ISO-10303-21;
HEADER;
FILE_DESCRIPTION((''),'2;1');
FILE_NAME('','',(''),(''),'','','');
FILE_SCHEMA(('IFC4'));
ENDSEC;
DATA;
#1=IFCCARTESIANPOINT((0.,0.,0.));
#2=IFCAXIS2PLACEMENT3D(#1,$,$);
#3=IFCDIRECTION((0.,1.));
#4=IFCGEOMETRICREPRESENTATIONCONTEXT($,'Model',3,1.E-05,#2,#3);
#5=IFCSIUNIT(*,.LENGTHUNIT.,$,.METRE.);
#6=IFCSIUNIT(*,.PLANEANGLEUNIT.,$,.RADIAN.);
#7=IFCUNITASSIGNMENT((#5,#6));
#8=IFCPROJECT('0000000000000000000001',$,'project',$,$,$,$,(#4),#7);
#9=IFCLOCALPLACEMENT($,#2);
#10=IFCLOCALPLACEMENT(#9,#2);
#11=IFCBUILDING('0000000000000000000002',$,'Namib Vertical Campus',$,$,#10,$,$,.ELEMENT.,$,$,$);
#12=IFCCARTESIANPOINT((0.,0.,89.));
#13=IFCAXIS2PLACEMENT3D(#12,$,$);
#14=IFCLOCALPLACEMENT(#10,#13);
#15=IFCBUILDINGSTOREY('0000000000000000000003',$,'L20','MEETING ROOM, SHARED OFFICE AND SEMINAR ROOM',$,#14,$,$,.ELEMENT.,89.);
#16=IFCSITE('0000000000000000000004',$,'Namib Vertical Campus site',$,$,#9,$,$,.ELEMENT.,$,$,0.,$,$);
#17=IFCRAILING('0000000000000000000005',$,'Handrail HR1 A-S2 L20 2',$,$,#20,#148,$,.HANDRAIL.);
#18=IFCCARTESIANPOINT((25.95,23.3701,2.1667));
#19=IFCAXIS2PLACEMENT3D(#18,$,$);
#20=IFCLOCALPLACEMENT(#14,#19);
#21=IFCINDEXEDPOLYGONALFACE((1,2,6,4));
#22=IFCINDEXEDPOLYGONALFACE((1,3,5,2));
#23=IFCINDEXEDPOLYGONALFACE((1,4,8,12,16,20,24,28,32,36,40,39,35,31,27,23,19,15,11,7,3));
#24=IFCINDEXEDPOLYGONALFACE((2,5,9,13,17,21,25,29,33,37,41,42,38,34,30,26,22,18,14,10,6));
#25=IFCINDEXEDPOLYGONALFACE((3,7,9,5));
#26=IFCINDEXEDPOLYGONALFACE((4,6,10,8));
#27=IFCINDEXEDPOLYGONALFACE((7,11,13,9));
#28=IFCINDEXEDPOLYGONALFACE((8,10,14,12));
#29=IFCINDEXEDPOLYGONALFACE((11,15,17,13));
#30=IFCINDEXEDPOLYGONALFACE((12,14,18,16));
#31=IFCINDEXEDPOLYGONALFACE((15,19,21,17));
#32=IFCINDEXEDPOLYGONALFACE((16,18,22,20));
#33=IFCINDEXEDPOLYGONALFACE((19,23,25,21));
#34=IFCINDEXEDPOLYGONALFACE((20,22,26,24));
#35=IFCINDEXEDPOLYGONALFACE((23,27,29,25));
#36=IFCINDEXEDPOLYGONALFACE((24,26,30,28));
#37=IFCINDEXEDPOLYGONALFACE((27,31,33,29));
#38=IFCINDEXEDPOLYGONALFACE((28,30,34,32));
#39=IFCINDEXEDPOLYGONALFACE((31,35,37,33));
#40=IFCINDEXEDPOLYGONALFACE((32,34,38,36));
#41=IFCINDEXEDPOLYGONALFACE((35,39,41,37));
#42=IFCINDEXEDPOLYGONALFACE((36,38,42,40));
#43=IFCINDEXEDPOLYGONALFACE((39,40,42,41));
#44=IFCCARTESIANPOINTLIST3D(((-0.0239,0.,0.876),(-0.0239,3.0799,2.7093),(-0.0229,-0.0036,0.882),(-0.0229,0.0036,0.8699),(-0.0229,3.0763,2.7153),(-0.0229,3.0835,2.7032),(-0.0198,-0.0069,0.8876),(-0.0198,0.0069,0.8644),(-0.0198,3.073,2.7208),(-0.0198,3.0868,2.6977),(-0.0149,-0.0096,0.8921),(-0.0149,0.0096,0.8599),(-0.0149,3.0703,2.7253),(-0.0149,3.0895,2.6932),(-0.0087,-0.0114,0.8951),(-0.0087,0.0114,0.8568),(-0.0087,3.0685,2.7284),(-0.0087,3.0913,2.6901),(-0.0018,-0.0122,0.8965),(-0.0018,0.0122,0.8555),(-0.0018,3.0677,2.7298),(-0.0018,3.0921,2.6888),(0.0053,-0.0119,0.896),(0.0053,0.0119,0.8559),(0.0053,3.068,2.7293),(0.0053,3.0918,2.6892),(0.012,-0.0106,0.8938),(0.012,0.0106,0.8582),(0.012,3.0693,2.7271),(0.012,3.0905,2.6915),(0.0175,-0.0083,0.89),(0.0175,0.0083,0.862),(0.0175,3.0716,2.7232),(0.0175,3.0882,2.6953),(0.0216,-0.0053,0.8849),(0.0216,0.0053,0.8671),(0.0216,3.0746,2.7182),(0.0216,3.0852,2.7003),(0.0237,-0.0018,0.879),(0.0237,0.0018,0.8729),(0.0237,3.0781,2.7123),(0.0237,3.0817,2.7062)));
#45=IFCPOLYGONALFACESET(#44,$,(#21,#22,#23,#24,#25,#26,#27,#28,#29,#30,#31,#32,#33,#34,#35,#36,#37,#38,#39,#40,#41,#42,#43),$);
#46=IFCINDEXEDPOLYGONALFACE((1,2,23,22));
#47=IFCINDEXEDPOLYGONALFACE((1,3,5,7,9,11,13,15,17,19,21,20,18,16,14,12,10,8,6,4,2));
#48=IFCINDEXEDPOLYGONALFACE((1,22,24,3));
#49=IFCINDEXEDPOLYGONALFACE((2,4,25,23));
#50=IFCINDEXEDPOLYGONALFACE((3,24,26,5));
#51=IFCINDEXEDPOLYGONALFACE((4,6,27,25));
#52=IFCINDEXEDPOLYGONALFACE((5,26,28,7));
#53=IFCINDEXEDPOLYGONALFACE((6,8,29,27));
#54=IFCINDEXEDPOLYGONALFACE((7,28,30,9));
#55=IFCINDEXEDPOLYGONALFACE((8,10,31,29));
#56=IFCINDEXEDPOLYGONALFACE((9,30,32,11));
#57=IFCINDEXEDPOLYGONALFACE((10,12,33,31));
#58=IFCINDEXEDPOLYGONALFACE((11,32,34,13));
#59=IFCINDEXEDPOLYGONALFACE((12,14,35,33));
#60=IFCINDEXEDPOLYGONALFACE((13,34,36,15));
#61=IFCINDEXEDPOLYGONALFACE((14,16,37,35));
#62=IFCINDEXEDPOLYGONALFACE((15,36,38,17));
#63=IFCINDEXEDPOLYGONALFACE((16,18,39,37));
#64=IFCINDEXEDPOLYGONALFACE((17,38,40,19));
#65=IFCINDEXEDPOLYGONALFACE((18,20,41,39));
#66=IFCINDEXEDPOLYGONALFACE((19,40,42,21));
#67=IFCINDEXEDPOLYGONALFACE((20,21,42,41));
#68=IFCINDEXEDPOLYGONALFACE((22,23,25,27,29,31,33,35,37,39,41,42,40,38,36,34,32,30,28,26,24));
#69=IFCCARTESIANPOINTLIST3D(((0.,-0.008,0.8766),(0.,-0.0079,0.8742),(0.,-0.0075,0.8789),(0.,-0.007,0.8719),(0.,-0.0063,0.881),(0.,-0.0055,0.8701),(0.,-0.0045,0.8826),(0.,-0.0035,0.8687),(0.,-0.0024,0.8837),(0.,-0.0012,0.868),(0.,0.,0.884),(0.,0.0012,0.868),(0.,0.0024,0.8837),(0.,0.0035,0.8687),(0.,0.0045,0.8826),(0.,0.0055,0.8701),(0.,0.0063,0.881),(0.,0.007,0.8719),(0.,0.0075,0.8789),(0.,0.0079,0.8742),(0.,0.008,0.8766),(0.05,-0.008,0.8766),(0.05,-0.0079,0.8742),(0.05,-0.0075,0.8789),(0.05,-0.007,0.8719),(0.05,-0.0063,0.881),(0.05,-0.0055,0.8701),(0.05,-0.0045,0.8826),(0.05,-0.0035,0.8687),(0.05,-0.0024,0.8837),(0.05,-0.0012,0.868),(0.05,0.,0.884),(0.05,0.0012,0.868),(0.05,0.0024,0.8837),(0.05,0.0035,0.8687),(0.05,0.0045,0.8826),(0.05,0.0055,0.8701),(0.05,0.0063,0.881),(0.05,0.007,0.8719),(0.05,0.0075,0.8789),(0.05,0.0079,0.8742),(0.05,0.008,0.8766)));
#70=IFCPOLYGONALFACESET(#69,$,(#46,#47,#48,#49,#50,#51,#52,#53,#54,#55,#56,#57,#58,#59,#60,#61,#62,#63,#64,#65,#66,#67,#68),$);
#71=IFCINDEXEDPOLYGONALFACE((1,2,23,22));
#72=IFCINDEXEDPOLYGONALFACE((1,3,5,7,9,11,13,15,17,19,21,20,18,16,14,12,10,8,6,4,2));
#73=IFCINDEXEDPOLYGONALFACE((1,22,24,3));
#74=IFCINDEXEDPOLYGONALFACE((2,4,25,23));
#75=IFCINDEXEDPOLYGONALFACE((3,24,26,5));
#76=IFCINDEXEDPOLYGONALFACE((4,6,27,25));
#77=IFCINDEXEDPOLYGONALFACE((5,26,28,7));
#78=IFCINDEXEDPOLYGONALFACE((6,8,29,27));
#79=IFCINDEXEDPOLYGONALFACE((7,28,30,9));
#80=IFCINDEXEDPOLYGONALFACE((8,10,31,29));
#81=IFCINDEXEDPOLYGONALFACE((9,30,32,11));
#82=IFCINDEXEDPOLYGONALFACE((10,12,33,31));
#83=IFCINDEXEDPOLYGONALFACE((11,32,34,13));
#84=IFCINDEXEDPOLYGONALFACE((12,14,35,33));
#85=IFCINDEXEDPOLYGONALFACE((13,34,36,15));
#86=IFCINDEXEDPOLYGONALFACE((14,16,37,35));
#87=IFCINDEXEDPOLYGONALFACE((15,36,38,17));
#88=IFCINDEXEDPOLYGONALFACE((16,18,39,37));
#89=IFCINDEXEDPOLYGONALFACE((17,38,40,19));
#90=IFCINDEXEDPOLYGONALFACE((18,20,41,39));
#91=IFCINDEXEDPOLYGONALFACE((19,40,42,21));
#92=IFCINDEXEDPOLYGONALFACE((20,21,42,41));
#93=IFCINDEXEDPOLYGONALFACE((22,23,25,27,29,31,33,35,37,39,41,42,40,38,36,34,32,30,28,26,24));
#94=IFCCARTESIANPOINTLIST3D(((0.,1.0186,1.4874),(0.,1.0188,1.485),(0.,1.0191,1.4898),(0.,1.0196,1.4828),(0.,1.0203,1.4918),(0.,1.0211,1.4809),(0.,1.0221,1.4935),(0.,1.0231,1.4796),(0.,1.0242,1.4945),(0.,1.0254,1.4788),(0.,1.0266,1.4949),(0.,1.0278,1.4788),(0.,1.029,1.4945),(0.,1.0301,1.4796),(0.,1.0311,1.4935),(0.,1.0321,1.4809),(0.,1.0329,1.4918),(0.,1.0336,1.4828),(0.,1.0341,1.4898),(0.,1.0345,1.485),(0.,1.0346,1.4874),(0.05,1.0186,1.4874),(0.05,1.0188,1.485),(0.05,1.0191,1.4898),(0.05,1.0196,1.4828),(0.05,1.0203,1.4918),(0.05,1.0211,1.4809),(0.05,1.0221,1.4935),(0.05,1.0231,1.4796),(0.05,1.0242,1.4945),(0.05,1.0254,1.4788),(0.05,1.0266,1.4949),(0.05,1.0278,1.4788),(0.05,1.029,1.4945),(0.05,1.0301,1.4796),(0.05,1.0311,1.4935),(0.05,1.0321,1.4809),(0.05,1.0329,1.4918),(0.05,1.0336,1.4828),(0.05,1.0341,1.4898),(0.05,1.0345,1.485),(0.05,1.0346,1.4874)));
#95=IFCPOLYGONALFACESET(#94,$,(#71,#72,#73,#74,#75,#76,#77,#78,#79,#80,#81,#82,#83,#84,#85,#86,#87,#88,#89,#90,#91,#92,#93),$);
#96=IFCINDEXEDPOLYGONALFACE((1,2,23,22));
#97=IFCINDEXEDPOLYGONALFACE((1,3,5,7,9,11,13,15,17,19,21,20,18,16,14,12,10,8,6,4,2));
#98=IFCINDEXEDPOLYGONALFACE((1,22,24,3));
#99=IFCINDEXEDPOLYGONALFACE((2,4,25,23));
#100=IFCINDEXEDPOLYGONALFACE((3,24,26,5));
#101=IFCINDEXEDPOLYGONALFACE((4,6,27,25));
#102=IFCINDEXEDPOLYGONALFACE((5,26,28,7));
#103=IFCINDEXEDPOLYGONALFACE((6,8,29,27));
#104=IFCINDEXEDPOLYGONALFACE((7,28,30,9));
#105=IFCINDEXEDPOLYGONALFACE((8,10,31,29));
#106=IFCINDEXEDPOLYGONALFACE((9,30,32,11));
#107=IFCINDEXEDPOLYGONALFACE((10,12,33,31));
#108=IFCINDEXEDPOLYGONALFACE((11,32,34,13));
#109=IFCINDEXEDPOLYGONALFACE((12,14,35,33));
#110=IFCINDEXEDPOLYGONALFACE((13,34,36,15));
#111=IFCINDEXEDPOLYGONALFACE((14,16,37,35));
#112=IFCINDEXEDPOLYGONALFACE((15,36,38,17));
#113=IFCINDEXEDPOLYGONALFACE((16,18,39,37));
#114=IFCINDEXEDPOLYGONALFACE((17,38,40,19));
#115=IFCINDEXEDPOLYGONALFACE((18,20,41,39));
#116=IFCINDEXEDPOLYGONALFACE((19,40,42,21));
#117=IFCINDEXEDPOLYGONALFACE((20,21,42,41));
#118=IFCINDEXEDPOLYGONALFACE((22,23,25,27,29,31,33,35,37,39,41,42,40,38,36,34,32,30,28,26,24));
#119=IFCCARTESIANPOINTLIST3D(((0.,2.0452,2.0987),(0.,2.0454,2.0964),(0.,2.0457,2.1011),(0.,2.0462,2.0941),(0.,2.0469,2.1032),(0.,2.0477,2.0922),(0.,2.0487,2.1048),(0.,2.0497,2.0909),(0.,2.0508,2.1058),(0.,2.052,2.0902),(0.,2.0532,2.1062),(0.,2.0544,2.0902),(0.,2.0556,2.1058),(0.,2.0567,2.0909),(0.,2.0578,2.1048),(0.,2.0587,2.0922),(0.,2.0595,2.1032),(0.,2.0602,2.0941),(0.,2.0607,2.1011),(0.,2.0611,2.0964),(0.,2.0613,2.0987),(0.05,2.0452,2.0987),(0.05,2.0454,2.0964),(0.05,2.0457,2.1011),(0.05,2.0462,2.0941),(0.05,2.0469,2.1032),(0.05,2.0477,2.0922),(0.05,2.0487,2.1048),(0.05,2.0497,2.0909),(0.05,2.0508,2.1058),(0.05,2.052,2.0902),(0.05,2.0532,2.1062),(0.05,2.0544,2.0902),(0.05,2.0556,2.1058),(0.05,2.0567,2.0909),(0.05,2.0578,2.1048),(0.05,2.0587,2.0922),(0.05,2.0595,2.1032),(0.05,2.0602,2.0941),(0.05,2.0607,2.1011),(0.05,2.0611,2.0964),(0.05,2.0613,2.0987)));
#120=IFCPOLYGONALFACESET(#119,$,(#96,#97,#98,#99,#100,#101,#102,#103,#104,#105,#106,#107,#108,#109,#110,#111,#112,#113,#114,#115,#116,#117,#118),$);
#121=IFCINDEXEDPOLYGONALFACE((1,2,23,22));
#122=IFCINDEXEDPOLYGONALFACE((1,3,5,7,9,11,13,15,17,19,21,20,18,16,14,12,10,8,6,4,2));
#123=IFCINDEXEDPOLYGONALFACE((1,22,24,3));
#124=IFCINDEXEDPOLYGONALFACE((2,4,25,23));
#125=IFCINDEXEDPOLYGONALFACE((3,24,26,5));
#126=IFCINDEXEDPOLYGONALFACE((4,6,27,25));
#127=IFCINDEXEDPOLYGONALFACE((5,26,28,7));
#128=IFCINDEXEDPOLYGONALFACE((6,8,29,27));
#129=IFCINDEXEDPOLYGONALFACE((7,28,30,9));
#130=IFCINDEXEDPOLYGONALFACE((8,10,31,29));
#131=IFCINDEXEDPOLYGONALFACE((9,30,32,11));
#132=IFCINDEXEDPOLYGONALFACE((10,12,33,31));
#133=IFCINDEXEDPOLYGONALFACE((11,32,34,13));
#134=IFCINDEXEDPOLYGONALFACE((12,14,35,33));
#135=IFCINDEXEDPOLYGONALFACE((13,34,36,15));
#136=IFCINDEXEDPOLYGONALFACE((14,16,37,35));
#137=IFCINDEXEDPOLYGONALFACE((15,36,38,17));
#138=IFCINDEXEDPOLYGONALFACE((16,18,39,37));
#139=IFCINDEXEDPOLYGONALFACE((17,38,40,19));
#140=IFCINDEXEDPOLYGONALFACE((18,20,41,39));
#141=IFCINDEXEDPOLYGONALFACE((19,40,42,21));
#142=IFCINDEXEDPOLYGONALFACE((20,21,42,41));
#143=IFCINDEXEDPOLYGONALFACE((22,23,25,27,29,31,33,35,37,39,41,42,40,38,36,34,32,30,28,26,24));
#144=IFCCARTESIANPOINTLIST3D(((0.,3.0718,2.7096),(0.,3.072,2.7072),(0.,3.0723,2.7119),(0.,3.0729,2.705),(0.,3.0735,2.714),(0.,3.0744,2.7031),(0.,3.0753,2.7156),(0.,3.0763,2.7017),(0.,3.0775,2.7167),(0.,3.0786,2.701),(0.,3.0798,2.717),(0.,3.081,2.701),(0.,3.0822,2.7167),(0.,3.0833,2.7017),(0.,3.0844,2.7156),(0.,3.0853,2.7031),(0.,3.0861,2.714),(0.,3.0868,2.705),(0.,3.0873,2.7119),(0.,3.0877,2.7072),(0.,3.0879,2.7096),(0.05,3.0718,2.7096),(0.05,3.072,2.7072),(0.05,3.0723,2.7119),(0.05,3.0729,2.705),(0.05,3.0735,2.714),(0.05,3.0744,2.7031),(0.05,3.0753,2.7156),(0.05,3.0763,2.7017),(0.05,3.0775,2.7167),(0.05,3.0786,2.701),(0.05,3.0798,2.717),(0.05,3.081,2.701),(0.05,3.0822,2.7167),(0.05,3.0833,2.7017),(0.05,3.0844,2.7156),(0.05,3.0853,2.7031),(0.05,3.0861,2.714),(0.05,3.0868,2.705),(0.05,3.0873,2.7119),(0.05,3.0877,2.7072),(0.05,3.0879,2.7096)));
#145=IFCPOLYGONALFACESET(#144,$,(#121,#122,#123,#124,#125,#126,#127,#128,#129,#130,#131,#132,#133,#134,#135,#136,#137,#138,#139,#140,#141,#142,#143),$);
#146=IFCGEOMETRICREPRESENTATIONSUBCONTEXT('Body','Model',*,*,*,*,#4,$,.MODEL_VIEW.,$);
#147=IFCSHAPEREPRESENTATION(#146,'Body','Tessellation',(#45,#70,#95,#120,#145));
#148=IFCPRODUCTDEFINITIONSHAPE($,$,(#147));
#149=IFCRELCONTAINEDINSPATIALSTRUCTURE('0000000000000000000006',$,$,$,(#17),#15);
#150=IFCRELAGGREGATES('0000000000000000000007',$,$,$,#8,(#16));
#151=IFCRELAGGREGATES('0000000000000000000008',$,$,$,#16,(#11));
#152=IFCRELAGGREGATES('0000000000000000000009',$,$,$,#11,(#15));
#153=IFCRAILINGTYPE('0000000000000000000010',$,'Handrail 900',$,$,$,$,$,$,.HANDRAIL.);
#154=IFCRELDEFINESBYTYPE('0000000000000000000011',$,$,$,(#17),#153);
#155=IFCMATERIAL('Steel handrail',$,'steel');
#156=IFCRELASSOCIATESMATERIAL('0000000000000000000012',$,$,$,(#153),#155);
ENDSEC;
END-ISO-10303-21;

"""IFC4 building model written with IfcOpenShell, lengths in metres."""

from ifc_helpers import new_model, si_unit, direction, frame, origin, origin_2d, place, context, subcontext, project, spatial, circle, extrude, material, type_object, element, save


model = new_model("IFC4")

# Units and contexts
model_context = context("Model", 3, precision=1e-05, world=origin(), true_north=direction((0.0, 1.0)))
body_context = subcontext(model_context, "Body", "Model", "MODEL_VIEW")
ifc_project = project(units=[si_unit("LENGTHUNIT", "METRE"), si_unit("PLANEANGLEUNIT", "RADIAN")], contexts=[model_context])

# Site, building, storey
site_placement = place(None, origin())
site = spatial("IfcSite", under=ifc_project, at=site_placement, Name="Namib Vertical Campus site", CompositionType="ELEMENT", RefElevation=0.0)
building_placement = place(site_placement, origin())
building = spatial("IfcBuilding", under=site, at=building_placement, Name="Namib Vertical Campus", CompositionType="ELEMENT")
storey_placement = place(building_placement, frame((0.0, 0.0, 89.0)))
storey = spatial("IfcBuildingStorey", under=building, at=storey_placement, Name="L20", Description="MEETING ROOM, SHARED OFFICE AND SEMINAR ROOM", CompositionType="ELEMENT", Elevation=89.0)

# Railing
ifc_material_1 = material(Name="Steel handrail", Category="steel")
railing_type_1 = type_object("IfcRailingType", Name="Handrail 900", PredefinedType="HANDRAIL", material=ifc_material_1)
railing_1_placement = place(storey_placement, frame((25.95, 23.3701, 2.1667)))
element("IfcRailing", 1, at=railing_1_placement, inside=storey, type_object=railing_type_1, Name="Handrail HR1 A-S2 L20 2", PredefinedType="HANDRAIL", context=body_context, shape_type="SweptSolid", body=[
    extrude(circle(Radius=0.0239, at=origin_2d()), frame((0.0, 0.0, 0.876), z_axis=(0.0, 0.859291, 0.511487), x_axis=(-1.0, 0.0, 0.0)), (0.0, 0.0, 1.0), 3.5842),
    extrude(circle(Radius=0.0081, at=origin_2d()), frame((0.0, 0.0, 0.876), z_axis=(1.0, 0.0, 0.0), x_axis=(0.0, 0.0, 1.0)), (0.0, 0.0, 1.0), 0.05),
    extrude(circle(Radius=0.0081, at=origin_2d()), frame((0.0, 1.0266, 1.4868), z_axis=(1.0, 0.0, 0.0), x_axis=(0.0, 0.0, 1.0)), (0.0, 0.0, 1.0), 0.05),
    extrude(circle(Radius=0.0081, at=origin_2d()), frame((0.0, 2.0532, 2.0981), z_axis=(1.0, 0.0, 0.0), x_axis=(0.0, 0.0, 1.0)), (0.0, 0.0, 1.0), 0.05),
    extrude(circle(Radius=0.0081, at=origin_2d()), frame((0.0, 3.0798, 2.709), z_axis=(1.0, 0.0, 0.0), x_axis=(0.0, 0.0, 1.0)), (0.0, 0.0, 1.0), 0.05),
])

save(model, "model.ifc")
